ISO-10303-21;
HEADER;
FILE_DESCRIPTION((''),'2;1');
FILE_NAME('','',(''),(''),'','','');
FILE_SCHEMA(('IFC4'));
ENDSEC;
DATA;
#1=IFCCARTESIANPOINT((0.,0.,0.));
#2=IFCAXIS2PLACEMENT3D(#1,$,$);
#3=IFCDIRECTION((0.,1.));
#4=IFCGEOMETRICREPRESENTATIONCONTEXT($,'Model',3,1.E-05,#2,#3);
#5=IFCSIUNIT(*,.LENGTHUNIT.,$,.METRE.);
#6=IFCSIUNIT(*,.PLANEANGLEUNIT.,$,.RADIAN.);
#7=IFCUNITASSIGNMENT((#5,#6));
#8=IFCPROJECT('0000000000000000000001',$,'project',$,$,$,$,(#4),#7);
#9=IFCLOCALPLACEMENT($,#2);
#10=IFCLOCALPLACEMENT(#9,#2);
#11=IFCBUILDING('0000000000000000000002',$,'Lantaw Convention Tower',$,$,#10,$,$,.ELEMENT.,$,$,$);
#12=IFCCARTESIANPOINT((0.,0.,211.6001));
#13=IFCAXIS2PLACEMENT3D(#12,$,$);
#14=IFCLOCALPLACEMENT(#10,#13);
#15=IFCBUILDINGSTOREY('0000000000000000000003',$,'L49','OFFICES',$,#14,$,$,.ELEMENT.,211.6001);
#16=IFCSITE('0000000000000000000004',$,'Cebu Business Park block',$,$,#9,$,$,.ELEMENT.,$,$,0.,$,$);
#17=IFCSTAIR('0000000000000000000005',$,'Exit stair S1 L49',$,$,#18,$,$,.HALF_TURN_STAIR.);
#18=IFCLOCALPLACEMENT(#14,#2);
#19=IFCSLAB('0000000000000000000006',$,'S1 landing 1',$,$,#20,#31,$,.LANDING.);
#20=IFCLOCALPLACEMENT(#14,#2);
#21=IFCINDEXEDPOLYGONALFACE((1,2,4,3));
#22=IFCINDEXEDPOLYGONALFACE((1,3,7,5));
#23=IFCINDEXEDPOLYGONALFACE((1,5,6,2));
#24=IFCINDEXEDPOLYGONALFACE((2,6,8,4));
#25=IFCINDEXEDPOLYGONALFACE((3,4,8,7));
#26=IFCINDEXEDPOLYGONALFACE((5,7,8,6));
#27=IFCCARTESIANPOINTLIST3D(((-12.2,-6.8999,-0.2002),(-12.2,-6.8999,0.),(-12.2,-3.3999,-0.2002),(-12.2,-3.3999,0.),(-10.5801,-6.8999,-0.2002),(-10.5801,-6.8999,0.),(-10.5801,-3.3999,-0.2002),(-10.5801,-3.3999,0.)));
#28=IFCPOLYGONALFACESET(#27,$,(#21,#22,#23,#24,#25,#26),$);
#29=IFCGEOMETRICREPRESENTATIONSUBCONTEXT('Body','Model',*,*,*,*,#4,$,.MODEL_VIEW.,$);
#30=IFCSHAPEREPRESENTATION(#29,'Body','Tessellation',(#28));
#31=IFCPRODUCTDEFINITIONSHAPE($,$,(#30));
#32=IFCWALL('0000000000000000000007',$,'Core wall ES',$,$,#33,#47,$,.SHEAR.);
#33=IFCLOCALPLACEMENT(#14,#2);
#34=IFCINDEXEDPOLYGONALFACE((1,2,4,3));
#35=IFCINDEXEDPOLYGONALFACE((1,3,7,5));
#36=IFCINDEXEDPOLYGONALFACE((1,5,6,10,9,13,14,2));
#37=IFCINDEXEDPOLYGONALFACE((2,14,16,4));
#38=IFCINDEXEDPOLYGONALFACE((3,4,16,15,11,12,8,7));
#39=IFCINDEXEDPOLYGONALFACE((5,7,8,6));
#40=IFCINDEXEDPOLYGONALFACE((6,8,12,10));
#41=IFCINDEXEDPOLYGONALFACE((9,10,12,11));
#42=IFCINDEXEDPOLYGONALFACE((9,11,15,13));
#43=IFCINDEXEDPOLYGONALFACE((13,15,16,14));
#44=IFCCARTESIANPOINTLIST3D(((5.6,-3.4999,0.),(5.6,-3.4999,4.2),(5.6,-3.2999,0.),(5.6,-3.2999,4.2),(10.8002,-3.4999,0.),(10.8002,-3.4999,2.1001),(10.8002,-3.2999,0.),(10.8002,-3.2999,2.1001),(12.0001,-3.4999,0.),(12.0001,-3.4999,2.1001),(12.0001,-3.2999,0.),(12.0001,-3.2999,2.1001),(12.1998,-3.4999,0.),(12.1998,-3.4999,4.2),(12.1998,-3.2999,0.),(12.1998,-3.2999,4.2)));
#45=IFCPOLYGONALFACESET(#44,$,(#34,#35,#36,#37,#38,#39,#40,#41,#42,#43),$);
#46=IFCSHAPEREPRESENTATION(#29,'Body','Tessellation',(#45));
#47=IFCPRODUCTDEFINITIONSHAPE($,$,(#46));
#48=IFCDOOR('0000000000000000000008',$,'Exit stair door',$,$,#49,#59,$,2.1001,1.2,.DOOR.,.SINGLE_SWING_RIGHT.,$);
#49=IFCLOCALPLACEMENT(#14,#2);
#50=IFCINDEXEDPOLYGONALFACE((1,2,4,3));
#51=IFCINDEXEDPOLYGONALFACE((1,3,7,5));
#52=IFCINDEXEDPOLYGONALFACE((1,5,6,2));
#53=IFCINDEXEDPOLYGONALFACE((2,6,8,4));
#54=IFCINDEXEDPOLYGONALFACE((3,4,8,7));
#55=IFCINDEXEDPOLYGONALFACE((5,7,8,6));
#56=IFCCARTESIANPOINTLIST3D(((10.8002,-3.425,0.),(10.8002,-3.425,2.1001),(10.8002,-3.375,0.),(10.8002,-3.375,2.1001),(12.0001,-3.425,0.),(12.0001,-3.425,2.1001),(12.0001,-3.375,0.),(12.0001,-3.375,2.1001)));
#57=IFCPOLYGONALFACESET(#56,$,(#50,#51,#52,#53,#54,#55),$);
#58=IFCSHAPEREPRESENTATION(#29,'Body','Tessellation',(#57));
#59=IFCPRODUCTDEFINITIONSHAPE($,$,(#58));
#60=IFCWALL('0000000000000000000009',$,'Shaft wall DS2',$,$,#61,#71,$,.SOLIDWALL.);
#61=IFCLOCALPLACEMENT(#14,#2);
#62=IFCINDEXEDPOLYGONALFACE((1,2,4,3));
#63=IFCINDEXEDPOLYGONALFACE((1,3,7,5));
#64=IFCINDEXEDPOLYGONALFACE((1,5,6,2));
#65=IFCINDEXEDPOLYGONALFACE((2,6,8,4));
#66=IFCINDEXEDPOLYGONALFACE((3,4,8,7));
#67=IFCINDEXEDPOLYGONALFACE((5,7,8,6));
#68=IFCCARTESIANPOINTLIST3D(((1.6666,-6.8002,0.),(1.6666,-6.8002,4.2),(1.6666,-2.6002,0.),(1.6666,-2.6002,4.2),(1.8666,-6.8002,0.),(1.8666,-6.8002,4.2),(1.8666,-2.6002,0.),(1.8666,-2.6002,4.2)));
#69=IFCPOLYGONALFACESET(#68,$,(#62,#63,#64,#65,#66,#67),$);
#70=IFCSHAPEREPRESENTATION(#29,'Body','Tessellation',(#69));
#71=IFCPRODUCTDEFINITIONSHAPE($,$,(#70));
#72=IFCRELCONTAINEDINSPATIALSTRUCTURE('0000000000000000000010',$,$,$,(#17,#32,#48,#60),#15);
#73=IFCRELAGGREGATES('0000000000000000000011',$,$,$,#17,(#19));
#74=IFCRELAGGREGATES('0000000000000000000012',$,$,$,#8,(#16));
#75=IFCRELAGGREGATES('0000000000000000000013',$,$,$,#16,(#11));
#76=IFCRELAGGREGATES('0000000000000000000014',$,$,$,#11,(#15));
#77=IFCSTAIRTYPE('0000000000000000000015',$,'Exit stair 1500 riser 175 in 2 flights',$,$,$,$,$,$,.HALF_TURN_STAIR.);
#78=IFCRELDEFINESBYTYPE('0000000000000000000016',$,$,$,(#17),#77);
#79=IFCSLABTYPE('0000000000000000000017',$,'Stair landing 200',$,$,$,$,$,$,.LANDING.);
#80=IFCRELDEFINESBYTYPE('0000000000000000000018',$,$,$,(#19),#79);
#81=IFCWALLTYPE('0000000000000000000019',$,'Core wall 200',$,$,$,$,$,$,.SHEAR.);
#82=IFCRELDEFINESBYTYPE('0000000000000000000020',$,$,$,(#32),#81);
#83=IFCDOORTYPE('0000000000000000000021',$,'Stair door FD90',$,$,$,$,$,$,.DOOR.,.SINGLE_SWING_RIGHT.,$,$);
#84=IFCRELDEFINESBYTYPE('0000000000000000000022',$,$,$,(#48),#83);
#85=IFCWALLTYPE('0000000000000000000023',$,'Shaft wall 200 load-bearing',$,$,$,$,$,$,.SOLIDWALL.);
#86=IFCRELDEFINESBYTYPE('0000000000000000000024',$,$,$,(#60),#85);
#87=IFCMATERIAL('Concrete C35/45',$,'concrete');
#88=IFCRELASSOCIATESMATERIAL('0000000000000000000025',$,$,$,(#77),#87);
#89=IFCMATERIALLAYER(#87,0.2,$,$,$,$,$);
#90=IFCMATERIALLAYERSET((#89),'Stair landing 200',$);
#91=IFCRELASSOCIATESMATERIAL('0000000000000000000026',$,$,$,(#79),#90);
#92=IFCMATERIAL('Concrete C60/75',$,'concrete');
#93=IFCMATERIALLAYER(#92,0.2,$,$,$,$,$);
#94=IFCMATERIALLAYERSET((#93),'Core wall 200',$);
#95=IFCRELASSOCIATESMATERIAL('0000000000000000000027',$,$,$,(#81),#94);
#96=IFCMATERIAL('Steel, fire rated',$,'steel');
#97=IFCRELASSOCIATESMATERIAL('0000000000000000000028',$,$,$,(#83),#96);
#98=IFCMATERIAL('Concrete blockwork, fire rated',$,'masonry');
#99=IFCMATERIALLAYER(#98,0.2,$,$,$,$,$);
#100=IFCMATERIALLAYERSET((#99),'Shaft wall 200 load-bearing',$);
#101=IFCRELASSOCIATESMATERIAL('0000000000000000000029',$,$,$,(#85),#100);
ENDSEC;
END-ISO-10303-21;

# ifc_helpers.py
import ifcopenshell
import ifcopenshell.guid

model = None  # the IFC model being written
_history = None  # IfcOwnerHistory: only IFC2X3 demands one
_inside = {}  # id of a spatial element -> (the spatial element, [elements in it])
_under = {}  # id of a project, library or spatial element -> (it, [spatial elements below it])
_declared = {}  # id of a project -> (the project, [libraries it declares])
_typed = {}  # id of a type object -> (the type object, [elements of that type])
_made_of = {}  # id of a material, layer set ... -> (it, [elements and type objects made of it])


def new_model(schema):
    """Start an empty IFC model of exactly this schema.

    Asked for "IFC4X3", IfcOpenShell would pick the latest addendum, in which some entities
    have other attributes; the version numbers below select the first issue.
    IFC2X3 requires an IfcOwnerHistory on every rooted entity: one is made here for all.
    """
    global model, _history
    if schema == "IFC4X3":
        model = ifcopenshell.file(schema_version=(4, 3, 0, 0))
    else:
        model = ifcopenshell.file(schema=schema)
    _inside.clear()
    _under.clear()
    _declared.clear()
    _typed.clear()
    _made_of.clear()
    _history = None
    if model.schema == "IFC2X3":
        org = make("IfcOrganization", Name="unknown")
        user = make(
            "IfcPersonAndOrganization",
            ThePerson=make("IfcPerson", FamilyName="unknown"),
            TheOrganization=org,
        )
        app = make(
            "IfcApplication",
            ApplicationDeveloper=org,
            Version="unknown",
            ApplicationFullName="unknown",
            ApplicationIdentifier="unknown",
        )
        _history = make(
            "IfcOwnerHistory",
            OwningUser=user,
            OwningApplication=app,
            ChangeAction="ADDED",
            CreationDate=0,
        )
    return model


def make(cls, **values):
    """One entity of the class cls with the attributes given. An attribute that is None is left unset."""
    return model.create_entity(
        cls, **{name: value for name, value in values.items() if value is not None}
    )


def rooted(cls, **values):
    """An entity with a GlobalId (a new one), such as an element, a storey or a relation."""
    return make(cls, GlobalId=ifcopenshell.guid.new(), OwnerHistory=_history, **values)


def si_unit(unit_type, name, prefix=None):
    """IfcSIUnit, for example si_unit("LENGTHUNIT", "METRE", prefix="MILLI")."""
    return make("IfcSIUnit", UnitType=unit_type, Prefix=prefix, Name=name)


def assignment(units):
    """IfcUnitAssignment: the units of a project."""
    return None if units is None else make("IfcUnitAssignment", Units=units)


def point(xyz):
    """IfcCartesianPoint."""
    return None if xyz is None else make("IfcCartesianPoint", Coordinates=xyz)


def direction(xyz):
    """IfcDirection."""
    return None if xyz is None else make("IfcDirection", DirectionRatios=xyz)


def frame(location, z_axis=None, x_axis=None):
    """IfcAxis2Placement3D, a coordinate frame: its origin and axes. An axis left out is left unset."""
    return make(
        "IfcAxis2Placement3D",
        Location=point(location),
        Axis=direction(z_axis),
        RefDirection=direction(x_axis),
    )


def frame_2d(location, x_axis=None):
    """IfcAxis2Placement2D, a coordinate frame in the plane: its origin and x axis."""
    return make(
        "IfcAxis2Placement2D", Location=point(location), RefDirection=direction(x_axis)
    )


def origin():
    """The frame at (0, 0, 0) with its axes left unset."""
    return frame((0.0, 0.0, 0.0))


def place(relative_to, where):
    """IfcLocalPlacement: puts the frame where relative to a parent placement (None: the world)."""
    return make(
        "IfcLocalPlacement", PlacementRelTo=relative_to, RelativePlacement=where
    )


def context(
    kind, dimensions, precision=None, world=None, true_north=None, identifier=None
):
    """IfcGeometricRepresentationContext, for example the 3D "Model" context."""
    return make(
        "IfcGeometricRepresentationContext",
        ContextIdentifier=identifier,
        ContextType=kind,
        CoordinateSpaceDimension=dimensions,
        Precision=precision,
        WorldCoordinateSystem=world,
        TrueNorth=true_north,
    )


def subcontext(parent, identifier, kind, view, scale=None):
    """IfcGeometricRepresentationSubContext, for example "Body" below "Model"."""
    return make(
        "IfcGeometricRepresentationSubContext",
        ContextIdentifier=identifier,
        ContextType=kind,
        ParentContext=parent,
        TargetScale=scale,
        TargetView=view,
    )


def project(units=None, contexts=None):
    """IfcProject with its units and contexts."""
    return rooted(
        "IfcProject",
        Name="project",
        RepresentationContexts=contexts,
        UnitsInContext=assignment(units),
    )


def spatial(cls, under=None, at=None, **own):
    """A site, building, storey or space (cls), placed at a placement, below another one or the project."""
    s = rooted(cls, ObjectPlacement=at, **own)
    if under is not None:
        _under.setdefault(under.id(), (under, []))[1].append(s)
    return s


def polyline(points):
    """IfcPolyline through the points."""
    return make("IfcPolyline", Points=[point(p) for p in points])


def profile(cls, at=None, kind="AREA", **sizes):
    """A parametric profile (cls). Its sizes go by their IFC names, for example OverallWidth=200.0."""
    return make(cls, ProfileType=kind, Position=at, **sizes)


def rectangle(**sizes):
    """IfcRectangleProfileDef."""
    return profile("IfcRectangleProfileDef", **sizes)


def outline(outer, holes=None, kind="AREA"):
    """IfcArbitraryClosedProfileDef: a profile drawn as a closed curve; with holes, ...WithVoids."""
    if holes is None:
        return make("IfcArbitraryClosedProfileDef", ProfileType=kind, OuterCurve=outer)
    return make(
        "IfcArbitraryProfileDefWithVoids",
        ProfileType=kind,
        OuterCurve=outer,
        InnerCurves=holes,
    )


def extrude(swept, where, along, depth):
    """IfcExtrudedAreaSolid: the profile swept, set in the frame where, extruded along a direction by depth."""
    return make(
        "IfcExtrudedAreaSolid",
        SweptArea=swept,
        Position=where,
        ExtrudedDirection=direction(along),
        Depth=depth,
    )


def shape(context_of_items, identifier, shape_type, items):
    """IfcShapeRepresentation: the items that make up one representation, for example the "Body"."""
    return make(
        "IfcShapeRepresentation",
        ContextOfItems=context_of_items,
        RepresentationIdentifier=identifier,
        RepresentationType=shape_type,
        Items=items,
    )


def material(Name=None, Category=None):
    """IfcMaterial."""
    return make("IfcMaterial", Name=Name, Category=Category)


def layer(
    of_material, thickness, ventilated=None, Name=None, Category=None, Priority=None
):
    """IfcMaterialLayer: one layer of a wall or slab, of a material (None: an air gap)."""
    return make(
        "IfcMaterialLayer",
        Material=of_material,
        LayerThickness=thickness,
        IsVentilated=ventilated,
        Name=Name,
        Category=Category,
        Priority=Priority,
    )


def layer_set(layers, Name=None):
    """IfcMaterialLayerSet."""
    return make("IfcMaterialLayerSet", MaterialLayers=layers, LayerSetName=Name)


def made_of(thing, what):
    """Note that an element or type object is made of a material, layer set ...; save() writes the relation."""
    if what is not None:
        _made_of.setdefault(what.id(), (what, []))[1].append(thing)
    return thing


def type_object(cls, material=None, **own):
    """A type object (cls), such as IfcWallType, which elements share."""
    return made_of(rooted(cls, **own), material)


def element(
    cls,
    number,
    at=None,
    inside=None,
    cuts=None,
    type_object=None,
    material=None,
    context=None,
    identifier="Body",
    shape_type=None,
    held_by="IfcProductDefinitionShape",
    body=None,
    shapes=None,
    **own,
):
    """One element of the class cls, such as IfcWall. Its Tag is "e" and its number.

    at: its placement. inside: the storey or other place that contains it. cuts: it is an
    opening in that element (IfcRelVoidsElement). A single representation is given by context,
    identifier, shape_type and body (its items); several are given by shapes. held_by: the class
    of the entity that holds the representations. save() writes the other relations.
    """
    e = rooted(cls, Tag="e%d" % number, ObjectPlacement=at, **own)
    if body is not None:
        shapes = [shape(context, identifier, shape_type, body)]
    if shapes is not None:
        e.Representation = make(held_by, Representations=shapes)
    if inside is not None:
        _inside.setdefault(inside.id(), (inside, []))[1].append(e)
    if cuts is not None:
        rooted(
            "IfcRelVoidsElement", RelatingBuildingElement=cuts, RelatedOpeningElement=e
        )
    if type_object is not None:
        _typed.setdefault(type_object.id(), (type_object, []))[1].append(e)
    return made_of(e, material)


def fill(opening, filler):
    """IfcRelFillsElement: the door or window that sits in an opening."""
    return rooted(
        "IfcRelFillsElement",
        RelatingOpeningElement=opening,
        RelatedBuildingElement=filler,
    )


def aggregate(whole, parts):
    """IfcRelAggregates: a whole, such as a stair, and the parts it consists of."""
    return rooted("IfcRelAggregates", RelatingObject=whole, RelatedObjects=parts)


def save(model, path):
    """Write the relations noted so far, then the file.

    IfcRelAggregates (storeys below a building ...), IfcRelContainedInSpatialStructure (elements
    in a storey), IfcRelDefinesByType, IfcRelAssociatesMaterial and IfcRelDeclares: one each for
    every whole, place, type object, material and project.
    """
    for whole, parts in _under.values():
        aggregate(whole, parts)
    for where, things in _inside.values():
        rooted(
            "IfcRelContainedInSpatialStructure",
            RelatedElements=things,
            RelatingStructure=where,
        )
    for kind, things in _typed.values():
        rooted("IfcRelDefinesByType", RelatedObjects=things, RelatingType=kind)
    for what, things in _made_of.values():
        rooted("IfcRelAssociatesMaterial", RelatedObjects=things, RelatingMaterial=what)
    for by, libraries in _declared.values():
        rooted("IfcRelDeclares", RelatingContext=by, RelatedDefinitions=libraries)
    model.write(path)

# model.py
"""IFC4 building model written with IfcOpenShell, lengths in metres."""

from ifc_helpers import new_model, si_unit, direction, frame, frame_2d, origin, place, context, subcontext, project, spatial, polyline, rectangle, outline, extrude, material, layer, layer_set, type_object, element, fill, aggregate, save


model = new_model("IFC4")

# Units and contexts
model_context = context("Model", 3, precision=1e-05, world=origin(), true_north=direction((0.0, 1.0)))
body_context = subcontext(model_context, "Body", "Model", "MODEL_VIEW")
ifc_project = project(units=[si_unit("LENGTHUNIT", "METRE"), si_unit("PLANEANGLEUNIT", "RADIAN")], contexts=[model_context])

# Site, building, storey
site_placement = place(None, origin())
site = spatial("IfcSite", under=ifc_project, at=site_placement, Name="Cebu Business Park block", CompositionType="ELEMENT", RefElevation=0.0)
building_placement = place(site_placement, origin())
building = spatial("IfcBuilding", under=site, at=building_placement, Name="Lantaw Convention Tower", CompositionType="ELEMENT")
storey_placement = place(building_placement, frame((0.0, 0.0, 211.6001)))
storey = spatial("IfcBuildingStorey", under=building, at=storey_placement, Name="L49", Description="OFFICES", CompositionType="ELEMENT", Elevation=211.6001)

# Stair, slab
ifc_material_1 = material(Name="Concrete C35/45", Category="concrete")
stair_type = type_object("IfcStairType", Name="Exit stair 1500 riser 175 in 2 flights", PredefinedType="HALF_TURN_STAIR", material=ifc_material_1)
stair_placement = place(storey_placement, origin())
stair = element("IfcStair", 1, at=stair_placement, inside=storey, type_object=stair_type, Name="Exit stair S1 L49", PredefinedType="HALF_TURN_STAIR")
ifc_layer_1 = layer(ifc_material_1, 0.2)
ifc_layer_set_1 = layer_set([ifc_layer_1], Name="Stair landing 200")
slab_type = type_object("IfcSlabType", Name="Stair landing 200", PredefinedType="LANDING", material=ifc_layer_set_1)
slab_placement = place(storey_placement, frame((0.0, 0.0, -0.2002)))
slab = element("IfcSlab", 2, at=slab_placement, type_object=slab_type, Name="S1 landing 1", PredefinedType="LANDING", context=body_context, shape_type="SweptSolid", body=[
    extrude(outline(polyline([(-12.2, -6.8999), (-10.5801, -6.8999), (-10.5801, -3.3999), (-12.2, -3.3999), (-12.2, -6.8999)])), origin(), (0.0, 0.0, 1.0), 0.2002),
])
aggregate(stair, [slab])

# Wall, opening, door
ifc_material_2 = material(Name="Concrete C60/75", Category="concrete")
ifc_layer_2 = layer(ifc_material_2, 0.2)
ifc_layer_set_2 = layer_set([ifc_layer_2], Name="Core wall 200")
wall_type_1 = type_object("IfcWallType", Name="Core wall 200", PredefinedType="SHEAR", material=ifc_layer_set_2)
wall_1_placement = place(storey_placement, frame((5.6001, -3.3999, 0.0), z_axis=(0.0, 0.0, 1.0), x_axis=(1.0, 0.0, 0.0)))
wall_1 = element("IfcWall", 3, at=wall_1_placement, inside=storey, type_object=wall_type_1, Name="Core wall ES", PredefinedType="SHEAR", context=body_context, shape_type="SweptSolid", body=[
    extrude(rectangle(XDim=6.5999, YDim=0.2, at=frame_2d((3.2998, 0.0))), origin(), (0.0, 0.0, 1.0), 4.2),
])
opening_placement = place(wall_1_placement, frame((5.2, 0.0, 0.0)))
opening = element("IfcOpeningElement", 4, at=opening_placement, cuts=wall_1, PredefinedType="OPENING", context=body_context, shape_type="SweptSolid", body=[
    extrude(rectangle(XDim=1.2, YDim=2.1001, at=frame_2d((0.6001, 1.05))), frame((0.0, 0.1099, 0.0), z_axis=(0.0, -1.0, 0.0), x_axis=(1.0, 0.0, 0.0)), (0.0, 0.0, 1.0), 0.22),
])
ifc_material_3 = material(Name="Steel, fire rated", Category="steel")
door_type = type_object("IfcDoorType", Name="Stair door FD90", OperationType="SINGLE_SWING_RIGHT", PredefinedType="DOOR", material=ifc_material_3)
door_placement = place(opening_placement, origin())
door = element("IfcDoor", 5, at=door_placement, inside=storey, type_object=door_type, Name="Exit stair door", OperationType="SINGLE_SWING_RIGHT", OverallHeight=2.1001, OverallWidth=1.2, PredefinedType="DOOR", context=body_context, shape_type="SweptSolid", body=[
    extrude(rectangle(XDim=1.2, YDim=2.1001, at=frame_2d((0.6001, 1.05))), frame((0.0, 0.0249, 0.0), z_axis=(0.0, -1.0, 0.0), x_axis=(1.0, 0.0, 0.0)), (0.0, 0.0, 1.0), 0.05),
])
fill(opening, door)

# Wall
ifc_material_4 = material(Name="Concrete blockwork, fire rated", Category="masonry")
ifc_layer_3 = layer(ifc_material_4, 0.2)
ifc_layer_set_3 = layer_set([ifc_layer_3], Name="Shaft wall 200 load-bearing")
wall_type_2 = type_object("IfcWallType", Name="Shaft wall 200 load-bearing", PredefinedType="SOLIDWALL", material=ifc_layer_set_3)
wall_2_placement = place(storey_placement, frame((1.7666, -2.6001, 0.0), z_axis=(0.0, 0.0, 1.0), x_axis=(0.0, -1.0, 0.0)))
element("IfcWall", 6, at=wall_2_placement, inside=storey, type_object=wall_type_2, Name="Shaft wall DS2", PredefinedType="SOLIDWALL", context=body_context, shape_type="SweptSolid", body=[
    extrude(rectangle(XDim=4.2, YDim=0.2, at=frame_2d((2.1001, 0.0))), origin(), (0.0, 0.0, 1.0), 4.2),
])

save(model, "model.ifc")
